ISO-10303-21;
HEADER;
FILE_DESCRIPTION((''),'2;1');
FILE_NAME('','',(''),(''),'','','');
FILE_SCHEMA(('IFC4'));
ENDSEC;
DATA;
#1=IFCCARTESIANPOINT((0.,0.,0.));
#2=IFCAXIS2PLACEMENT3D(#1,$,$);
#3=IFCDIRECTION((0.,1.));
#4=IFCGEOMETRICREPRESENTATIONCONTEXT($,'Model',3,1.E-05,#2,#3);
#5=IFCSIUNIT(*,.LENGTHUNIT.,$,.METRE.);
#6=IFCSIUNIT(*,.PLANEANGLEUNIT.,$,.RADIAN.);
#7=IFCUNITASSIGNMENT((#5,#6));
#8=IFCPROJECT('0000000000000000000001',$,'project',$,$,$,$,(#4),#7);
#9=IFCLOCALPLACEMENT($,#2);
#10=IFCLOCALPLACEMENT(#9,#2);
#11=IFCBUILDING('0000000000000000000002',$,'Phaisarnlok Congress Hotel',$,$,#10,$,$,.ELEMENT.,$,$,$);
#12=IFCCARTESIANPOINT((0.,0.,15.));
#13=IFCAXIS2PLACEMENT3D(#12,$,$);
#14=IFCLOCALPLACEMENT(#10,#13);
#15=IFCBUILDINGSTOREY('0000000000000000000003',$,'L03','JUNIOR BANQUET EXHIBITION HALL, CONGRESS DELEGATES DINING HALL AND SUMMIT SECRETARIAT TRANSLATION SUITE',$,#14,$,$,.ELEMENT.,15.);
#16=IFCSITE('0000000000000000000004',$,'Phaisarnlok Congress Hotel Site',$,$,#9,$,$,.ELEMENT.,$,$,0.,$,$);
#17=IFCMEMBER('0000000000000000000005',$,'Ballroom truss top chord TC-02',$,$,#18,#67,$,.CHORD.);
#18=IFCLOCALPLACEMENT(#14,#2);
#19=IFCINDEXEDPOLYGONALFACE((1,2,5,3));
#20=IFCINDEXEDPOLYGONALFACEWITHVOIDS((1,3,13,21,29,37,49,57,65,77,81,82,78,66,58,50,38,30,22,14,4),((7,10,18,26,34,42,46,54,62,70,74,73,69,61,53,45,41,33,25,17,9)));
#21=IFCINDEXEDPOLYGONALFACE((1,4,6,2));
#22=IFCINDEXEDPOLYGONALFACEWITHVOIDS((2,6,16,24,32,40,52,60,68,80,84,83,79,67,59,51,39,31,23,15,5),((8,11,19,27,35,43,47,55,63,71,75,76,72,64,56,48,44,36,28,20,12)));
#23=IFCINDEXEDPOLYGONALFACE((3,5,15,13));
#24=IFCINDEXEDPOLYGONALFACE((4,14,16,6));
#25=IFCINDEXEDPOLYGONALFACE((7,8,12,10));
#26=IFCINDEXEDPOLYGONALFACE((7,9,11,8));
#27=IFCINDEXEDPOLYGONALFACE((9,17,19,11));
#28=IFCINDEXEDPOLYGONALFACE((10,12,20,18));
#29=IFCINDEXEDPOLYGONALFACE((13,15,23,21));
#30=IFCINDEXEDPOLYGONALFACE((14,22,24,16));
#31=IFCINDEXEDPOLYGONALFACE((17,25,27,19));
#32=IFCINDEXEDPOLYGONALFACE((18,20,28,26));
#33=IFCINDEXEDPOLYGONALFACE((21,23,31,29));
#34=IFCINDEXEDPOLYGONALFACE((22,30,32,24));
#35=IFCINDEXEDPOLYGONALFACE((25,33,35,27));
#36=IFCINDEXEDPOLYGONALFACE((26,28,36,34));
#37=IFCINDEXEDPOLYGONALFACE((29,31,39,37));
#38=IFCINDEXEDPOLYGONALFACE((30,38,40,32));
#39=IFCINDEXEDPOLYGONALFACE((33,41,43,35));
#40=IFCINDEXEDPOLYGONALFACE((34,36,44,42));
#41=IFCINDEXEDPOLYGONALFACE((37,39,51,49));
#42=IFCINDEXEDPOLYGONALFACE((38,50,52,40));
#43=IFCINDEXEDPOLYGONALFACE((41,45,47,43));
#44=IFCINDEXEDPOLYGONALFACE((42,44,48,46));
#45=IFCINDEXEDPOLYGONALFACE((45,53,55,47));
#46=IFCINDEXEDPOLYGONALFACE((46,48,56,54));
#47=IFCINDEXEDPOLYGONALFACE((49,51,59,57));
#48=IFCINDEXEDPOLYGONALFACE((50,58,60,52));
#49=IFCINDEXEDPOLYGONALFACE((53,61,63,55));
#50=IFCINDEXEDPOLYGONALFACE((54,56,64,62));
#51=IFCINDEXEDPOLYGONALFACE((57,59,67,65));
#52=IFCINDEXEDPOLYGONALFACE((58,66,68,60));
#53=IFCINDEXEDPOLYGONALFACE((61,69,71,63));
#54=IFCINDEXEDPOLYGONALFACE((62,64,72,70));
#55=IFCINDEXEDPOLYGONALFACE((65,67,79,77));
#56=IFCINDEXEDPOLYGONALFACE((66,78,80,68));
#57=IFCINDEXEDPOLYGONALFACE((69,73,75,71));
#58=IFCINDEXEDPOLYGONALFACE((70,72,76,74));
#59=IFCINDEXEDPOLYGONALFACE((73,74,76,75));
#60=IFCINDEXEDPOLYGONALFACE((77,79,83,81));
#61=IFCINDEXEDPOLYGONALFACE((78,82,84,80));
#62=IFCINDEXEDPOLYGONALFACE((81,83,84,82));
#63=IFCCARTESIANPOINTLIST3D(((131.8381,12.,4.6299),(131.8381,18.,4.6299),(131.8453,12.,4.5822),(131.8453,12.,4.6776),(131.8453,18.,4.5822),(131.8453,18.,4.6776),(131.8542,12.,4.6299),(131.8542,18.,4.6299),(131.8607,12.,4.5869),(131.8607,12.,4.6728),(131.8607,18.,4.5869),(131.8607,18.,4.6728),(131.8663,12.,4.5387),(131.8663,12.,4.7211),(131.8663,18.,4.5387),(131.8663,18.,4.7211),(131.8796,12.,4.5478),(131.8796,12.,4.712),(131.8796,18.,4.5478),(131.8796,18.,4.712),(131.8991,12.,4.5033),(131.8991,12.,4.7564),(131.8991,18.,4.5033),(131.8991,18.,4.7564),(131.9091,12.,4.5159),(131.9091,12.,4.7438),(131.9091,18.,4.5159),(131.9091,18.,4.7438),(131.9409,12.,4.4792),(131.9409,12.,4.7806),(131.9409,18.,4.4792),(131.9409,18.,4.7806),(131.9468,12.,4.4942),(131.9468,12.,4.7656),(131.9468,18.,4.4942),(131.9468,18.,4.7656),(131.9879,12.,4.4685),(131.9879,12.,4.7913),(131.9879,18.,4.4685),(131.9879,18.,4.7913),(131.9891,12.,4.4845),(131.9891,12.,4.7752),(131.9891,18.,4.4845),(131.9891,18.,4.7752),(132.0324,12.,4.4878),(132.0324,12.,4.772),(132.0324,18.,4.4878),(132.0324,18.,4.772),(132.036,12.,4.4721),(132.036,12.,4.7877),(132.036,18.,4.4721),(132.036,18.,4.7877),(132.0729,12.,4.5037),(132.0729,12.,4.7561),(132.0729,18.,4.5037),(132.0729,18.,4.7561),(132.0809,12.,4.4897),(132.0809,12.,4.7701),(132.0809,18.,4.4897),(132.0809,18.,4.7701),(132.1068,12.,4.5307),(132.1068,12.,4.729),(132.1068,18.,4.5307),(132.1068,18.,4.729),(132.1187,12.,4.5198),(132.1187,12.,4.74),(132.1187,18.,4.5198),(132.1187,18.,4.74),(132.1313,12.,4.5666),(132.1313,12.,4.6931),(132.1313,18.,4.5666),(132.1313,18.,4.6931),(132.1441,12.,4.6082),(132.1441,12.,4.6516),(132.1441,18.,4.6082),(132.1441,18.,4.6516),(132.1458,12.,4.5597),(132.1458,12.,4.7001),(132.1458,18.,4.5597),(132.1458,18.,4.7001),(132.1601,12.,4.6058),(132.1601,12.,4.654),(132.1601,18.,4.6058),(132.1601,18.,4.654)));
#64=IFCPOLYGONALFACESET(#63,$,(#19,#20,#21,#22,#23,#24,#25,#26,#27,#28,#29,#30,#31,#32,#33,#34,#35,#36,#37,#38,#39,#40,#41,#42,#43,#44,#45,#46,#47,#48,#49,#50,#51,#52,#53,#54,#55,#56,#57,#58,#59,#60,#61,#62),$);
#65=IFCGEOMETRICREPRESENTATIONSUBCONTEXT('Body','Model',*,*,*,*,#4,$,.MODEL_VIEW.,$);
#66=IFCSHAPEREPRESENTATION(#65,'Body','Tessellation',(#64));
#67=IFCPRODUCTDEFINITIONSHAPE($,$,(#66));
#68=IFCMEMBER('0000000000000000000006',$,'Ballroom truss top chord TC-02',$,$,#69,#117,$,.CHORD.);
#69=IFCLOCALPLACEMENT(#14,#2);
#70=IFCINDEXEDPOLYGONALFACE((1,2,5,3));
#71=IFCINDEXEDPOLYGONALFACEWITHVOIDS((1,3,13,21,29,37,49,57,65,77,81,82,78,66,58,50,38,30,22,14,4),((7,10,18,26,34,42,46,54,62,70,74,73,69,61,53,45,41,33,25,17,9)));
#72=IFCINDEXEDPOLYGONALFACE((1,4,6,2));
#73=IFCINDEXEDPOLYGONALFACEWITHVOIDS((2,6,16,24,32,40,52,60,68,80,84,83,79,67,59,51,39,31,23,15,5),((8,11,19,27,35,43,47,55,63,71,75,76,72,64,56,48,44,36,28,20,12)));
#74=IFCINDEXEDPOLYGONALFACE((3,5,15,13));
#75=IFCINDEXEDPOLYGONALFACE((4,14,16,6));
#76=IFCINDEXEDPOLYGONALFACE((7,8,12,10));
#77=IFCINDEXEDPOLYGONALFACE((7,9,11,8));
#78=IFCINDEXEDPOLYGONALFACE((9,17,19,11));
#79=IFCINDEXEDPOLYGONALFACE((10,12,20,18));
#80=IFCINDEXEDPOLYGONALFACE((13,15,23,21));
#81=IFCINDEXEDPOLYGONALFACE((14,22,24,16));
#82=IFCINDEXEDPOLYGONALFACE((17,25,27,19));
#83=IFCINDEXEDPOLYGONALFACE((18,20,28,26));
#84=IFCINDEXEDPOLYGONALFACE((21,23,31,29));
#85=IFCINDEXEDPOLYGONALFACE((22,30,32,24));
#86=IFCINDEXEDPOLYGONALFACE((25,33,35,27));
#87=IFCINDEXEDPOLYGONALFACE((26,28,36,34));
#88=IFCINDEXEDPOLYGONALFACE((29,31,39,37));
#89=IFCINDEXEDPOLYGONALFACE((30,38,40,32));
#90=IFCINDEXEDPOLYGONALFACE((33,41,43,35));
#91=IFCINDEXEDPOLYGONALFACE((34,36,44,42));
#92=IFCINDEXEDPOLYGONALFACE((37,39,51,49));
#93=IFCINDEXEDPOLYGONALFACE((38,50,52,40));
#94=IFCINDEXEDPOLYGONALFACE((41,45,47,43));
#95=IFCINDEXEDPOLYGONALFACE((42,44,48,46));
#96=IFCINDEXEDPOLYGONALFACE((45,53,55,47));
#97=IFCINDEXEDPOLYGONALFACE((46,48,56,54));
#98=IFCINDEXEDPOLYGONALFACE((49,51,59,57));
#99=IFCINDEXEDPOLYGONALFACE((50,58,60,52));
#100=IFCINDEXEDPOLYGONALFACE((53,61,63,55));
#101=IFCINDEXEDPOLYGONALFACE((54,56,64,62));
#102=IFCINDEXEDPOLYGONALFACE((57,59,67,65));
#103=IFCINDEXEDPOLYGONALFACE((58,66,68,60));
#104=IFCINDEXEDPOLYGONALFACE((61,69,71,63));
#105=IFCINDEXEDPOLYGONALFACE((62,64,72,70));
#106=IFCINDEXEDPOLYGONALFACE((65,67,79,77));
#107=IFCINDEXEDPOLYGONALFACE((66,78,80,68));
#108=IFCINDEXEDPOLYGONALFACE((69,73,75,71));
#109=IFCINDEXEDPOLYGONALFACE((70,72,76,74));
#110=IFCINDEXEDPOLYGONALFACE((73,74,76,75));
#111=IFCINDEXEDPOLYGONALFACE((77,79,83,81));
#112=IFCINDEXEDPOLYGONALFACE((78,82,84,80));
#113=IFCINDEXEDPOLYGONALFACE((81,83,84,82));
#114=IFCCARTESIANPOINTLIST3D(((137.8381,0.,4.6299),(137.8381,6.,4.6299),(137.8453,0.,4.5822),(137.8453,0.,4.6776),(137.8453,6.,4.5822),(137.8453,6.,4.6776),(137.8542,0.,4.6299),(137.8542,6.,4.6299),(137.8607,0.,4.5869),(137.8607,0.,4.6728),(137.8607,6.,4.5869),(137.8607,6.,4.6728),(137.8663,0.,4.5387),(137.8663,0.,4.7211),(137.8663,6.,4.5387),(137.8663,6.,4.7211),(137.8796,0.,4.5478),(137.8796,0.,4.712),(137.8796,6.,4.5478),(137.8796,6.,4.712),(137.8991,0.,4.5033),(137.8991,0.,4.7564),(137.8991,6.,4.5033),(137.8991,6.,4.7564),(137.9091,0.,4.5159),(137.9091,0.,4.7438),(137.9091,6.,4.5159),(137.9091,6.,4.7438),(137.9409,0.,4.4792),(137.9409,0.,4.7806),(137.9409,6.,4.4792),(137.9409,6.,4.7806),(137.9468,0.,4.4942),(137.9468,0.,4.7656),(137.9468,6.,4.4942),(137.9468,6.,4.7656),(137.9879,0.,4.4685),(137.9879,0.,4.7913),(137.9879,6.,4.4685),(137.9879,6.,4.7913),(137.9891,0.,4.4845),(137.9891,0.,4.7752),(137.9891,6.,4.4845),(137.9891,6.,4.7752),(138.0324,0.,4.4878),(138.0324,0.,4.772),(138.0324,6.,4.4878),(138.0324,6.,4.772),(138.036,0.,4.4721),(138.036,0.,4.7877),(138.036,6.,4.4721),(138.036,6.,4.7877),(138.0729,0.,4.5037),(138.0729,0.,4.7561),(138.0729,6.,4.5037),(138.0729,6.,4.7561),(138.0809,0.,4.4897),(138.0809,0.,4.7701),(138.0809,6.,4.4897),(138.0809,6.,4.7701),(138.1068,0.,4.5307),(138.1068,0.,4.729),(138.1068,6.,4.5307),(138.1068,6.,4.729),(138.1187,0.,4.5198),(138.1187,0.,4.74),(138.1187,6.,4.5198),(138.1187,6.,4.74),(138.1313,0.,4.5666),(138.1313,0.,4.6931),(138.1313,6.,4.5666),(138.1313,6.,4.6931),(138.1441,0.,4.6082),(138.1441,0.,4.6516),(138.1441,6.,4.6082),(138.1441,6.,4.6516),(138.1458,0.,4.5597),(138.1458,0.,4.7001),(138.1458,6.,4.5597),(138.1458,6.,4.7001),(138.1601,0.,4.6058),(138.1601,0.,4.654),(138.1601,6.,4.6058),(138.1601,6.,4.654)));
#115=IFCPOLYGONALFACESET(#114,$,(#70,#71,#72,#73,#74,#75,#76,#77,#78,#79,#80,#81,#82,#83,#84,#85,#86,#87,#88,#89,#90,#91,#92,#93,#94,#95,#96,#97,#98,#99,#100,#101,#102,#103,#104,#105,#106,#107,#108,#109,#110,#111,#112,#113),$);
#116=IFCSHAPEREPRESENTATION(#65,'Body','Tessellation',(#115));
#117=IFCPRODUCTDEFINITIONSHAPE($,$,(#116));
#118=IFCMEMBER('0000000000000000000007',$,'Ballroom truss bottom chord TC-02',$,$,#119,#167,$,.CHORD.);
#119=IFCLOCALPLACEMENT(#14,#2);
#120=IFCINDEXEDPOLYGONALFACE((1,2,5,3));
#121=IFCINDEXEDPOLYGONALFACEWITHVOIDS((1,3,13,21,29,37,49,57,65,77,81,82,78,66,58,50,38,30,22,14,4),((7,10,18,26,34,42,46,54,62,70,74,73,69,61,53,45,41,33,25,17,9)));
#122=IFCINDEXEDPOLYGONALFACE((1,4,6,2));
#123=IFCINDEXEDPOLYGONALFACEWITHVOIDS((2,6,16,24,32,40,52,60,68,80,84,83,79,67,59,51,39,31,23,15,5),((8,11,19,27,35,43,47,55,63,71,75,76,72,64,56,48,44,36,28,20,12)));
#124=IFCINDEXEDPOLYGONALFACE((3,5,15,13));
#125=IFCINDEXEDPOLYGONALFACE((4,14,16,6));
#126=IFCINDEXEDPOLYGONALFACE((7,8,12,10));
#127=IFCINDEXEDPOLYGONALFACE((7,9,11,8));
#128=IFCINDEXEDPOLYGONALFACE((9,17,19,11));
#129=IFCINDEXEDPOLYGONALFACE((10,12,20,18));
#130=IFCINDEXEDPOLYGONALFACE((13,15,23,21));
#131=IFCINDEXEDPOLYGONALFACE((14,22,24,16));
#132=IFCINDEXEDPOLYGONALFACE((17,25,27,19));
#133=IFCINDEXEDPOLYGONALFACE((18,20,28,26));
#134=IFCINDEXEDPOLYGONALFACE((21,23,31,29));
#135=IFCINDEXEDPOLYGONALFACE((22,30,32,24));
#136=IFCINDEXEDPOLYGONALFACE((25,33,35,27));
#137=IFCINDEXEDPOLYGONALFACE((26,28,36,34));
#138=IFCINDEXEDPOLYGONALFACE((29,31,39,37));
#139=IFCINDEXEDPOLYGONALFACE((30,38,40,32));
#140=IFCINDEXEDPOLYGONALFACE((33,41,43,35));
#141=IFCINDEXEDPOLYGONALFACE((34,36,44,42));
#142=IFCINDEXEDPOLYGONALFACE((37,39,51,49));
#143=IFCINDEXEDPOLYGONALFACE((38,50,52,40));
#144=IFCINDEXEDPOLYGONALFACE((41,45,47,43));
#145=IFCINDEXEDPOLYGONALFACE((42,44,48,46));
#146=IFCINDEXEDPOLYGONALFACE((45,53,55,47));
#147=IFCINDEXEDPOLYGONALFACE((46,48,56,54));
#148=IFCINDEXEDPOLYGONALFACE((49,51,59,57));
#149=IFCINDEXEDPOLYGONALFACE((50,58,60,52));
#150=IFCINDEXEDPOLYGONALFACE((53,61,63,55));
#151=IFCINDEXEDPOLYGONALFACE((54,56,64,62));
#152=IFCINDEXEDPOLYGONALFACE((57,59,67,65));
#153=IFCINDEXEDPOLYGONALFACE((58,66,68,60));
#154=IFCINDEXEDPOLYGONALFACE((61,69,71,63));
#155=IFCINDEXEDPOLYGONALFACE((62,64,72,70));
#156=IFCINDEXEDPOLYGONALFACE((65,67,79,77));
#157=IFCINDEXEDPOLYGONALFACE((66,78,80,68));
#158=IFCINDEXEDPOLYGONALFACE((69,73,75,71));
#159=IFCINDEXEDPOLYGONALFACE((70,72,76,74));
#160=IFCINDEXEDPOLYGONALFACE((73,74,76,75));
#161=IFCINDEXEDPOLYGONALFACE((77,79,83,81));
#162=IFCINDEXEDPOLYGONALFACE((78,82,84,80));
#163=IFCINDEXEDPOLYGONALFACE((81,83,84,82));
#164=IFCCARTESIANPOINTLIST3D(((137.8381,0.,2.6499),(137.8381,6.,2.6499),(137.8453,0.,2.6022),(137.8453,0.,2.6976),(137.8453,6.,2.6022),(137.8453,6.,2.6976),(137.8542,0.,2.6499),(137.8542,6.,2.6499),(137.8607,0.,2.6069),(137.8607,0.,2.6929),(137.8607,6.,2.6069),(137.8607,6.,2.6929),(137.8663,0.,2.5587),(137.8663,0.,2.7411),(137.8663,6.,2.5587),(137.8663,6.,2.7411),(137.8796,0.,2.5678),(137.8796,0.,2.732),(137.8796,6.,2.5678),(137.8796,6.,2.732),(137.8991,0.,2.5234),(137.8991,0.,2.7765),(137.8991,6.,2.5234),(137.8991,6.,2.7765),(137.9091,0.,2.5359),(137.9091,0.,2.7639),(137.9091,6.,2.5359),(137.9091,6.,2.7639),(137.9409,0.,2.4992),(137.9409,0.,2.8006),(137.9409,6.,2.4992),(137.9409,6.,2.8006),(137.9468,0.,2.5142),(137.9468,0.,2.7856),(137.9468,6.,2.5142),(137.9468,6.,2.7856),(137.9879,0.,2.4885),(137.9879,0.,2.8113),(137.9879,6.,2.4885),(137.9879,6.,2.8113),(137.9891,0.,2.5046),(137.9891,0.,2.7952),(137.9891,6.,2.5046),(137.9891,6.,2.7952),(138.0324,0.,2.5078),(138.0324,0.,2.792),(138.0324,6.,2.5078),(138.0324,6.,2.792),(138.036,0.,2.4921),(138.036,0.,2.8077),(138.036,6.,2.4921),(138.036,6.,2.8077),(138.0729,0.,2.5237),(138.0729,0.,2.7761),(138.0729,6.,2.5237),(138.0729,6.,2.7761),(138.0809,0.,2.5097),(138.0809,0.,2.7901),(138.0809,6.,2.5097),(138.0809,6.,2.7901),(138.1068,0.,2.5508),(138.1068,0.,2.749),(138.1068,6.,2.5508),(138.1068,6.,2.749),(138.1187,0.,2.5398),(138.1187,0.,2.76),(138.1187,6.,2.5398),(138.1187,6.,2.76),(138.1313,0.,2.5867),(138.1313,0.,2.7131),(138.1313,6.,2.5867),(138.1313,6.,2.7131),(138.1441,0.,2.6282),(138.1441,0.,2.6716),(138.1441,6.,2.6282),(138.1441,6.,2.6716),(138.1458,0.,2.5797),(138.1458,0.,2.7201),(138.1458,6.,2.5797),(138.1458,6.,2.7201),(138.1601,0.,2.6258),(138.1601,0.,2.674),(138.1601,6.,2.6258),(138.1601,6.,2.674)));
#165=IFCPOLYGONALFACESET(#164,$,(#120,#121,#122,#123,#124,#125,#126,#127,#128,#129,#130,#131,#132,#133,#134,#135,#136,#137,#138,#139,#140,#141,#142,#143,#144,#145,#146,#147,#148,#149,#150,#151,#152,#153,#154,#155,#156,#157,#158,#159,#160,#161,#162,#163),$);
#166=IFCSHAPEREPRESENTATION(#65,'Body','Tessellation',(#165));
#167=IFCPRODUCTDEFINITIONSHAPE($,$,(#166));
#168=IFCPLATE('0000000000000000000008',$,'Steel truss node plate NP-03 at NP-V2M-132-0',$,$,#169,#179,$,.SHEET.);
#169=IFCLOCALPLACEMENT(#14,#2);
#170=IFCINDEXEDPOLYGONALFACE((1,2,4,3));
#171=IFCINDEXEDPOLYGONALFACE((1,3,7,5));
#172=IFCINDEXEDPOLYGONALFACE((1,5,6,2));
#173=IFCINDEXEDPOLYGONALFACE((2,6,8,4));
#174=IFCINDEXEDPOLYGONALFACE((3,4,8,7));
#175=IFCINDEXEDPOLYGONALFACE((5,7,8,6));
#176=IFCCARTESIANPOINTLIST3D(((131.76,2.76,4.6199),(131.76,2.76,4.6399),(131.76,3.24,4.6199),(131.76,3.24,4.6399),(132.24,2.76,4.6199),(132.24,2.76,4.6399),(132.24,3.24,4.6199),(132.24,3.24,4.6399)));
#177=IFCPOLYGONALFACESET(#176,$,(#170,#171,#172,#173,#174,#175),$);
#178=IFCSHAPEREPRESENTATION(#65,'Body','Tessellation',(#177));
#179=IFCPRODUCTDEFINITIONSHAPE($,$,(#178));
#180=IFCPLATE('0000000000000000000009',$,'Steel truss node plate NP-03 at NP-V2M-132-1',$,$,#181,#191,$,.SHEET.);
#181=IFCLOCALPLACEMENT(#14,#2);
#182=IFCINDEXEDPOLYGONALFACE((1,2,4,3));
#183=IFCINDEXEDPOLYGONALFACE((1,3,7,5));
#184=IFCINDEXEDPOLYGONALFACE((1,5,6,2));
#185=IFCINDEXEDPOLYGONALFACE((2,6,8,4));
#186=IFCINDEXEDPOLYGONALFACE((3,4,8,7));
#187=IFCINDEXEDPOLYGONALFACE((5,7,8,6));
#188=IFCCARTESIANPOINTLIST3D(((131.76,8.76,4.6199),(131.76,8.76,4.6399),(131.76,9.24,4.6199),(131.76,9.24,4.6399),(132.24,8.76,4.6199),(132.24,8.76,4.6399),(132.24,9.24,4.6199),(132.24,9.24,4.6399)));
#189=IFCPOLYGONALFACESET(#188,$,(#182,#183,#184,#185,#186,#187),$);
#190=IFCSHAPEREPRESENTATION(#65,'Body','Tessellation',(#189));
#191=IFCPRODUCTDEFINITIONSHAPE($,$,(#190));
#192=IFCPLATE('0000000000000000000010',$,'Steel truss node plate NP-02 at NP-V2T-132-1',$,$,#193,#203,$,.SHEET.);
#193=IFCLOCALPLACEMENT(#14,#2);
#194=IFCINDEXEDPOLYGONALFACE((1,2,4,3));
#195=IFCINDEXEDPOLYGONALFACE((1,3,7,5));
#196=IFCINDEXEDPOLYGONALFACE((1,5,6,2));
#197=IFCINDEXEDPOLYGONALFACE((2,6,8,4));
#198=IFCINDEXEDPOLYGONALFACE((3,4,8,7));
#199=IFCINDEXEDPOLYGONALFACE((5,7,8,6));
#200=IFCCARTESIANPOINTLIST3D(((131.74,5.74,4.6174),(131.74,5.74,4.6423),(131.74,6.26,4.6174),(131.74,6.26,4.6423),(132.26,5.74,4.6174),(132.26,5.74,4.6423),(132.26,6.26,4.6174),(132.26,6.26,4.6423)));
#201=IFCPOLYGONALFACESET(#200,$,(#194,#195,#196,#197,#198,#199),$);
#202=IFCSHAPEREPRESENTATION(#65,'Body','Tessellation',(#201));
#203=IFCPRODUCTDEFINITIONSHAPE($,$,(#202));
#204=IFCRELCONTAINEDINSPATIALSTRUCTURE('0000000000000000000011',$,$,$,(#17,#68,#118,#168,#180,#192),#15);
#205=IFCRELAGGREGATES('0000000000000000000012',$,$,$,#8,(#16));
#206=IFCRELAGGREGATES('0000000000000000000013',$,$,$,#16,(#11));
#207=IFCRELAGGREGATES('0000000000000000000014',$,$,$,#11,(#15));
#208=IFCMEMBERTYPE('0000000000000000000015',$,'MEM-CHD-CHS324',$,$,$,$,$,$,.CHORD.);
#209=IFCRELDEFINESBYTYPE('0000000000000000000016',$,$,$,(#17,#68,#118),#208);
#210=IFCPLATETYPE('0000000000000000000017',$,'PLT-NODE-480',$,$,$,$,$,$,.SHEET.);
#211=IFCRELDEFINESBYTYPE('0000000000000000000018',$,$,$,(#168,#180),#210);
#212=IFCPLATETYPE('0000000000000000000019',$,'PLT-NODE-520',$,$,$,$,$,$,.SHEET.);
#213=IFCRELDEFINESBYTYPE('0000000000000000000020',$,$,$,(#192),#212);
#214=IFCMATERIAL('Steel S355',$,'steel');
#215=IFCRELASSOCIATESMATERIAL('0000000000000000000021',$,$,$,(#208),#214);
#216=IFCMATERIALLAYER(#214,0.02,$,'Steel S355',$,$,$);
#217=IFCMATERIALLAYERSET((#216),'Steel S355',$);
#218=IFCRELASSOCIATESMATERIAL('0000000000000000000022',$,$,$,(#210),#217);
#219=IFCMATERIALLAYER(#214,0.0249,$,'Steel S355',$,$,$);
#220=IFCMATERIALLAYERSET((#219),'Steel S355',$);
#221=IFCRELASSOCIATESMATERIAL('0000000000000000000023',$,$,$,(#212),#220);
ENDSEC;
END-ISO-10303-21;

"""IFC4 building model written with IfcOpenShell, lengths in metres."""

from ifc_helpers import new_model, si_unit, direction, frame, origin, origin_2d, place, context, subcontext, project, spatial, rectangle, hollow_circle, extrude, material, layer, layer_set, material_profile, profile_set, type_object, element, save


model = new_model("IFC4")

# Units and contexts
model_context = context("Model", 3, precision=1e-05, world=origin(), true_north=direction((0.0, 1.0)))
body_context = subcontext(model_context, "Body", "Model", "MODEL_VIEW")
ifc_project = project(units=[si_unit("LENGTHUNIT", "METRE"), si_unit("PLANEANGLEUNIT", "RADIAN")], contexts=[model_context])

# Site, building, storey
site_placement = place(None, origin())
site = spatial("IfcSite", under=ifc_project, at=site_placement, Name="Phaisarnlok Congress Hotel Site", CompositionType="ELEMENT", RefElevation=0.0)
building_placement = place(site_placement, origin())
building = spatial("IfcBuilding", under=site, at=building_placement, Name="Phaisarnlok Congress Hotel", CompositionType="ELEMENT")
storey_placement = place(building_placement, frame((0.0, 0.0, 15.0)))
storey = spatial("IfcBuildingStorey", under=building, at=storey_placement, Name="L03", Description="JUNIOR BANQUET EXHIBITION HALL, CONGRESS DELEGATES DINING HALL AND SUMMIT SECRETARIAT TRANSLATION SUITE", CompositionType="ELEMENT", Elevation=15.0)

# Members
ifc_material_1 = material(Name="Steel S355", Category="steel")
ifc_material_profile_1 = material_profile(ifc_material_1, hollow_circle(Radius=0.1619, WallThickness=0.0161, at=origin_2d()), Name="CHS 323.9x16")
ifc_profile_set_1 = profile_set([ifc_material_profile_1], Name="Steel S355")
member_type_1 = type_object("IfcMemberType", Name="MEM-CHD-CHS324", PredefinedType="CHORD", material=ifc_profile_set_1)
for number, where, z_axis, x_axis, name in (
    (1, (132.0, 12.0, 4.6299), (0.0, 1.0, 0.0), (-1.0, 0.0, 0.0), "Ballroom truss top chord TC-02"),
    (2, (138.0, 0.0, 4.6299), (0.0, 1.0, 0.0), (-1.0, 0.0, 0.0), "Ballroom truss top chord TC-02"),
    (3, (138.0, 0.0, 2.6499), (0.0, 1.0, 0.0), (-1.0, 0.0, 0.0), "Ballroom truss bottom chord TC-02"),
):
    element("IfcMember", number, at=place(storey_placement, frame(where, z_axis=z_axis, x_axis=x_axis)), inside=storey, type_object=member_type_1, Name=name, PredefinedType="CHORD", context=body_context, shape_type="SweptSolid", body=[
        extrude(hollow_circle(Radius=0.1619, WallThickness=0.0161, at=origin_2d()), origin(), (0.0, 0.0, 1.0), 6.0),
    ])

# Plates
ifc_layer_1 = layer(ifc_material_1, 0.02, Name="Steel S355")
ifc_layer_set_1 = layer_set([ifc_layer_1], Name="Steel S355")
plate_type_1 = type_object("IfcPlateType", Name="PLT-NODE-480", PredefinedType="SHEET", material=ifc_layer_set_1)
for number, where, z_axis, x_axis, name in (
    (4, (132.0, 3.0, 4.6199), (0.0, 0.0, 1.0), (1.0, 0.0, 0.0), "Steel truss node plate NP-03 at NP-V2M-132-0"),
    (5, (132.0, 9.0, 4.6199), (0.0, 0.0, 1.0), (1.0, 0.0, 0.0), "Steel truss node plate NP-03 at NP-V2M-132-1"),
):
    element("IfcPlate", number, at=place(storey_placement, frame(where, z_axis=z_axis, x_axis=x_axis)), inside=storey, type_object=plate_type_1, Name=name, PredefinedType="SHEET", context=body_context, shape_type="SweptSolid", body=[
        extrude(rectangle(XDim=0.48, YDim=0.48, at=origin_2d()), origin(), (0.0, 0.0, 1.0), 0.02),
    ])
ifc_layer_2 = layer(ifc_material_1, 0.0249, Name="Steel S355")
ifc_layer_set_2 = layer_set([ifc_layer_2], Name="Steel S355")
plate_type_2 = type_object("IfcPlateType", Name="PLT-NODE-520", PredefinedType="SHEET", material=ifc_layer_set_2)
for number, where, z_axis, x_axis, name in (
    (6, (132.0, 6.0, 4.6174), (0.0, 0.0, 1.0), (1.0, 0.0, 0.0), "Steel truss node plate NP-02 at NP-V2T-132-1"),
):
    element("IfcPlate", number, at=place(storey_placement, frame(where, z_axis=z_axis, x_axis=x_axis)), inside=storey, type_object=plate_type_2, Name=name, PredefinedType="SHEET", context=body_context, shape_type="SweptSolid", body=[
        extrude(rectangle(XDim=0.52, YDim=0.52, at=origin_2d()), origin(), (0.0, 0.0, 1.0), 0.0249),
    ])

save(model, "model.ifc")
